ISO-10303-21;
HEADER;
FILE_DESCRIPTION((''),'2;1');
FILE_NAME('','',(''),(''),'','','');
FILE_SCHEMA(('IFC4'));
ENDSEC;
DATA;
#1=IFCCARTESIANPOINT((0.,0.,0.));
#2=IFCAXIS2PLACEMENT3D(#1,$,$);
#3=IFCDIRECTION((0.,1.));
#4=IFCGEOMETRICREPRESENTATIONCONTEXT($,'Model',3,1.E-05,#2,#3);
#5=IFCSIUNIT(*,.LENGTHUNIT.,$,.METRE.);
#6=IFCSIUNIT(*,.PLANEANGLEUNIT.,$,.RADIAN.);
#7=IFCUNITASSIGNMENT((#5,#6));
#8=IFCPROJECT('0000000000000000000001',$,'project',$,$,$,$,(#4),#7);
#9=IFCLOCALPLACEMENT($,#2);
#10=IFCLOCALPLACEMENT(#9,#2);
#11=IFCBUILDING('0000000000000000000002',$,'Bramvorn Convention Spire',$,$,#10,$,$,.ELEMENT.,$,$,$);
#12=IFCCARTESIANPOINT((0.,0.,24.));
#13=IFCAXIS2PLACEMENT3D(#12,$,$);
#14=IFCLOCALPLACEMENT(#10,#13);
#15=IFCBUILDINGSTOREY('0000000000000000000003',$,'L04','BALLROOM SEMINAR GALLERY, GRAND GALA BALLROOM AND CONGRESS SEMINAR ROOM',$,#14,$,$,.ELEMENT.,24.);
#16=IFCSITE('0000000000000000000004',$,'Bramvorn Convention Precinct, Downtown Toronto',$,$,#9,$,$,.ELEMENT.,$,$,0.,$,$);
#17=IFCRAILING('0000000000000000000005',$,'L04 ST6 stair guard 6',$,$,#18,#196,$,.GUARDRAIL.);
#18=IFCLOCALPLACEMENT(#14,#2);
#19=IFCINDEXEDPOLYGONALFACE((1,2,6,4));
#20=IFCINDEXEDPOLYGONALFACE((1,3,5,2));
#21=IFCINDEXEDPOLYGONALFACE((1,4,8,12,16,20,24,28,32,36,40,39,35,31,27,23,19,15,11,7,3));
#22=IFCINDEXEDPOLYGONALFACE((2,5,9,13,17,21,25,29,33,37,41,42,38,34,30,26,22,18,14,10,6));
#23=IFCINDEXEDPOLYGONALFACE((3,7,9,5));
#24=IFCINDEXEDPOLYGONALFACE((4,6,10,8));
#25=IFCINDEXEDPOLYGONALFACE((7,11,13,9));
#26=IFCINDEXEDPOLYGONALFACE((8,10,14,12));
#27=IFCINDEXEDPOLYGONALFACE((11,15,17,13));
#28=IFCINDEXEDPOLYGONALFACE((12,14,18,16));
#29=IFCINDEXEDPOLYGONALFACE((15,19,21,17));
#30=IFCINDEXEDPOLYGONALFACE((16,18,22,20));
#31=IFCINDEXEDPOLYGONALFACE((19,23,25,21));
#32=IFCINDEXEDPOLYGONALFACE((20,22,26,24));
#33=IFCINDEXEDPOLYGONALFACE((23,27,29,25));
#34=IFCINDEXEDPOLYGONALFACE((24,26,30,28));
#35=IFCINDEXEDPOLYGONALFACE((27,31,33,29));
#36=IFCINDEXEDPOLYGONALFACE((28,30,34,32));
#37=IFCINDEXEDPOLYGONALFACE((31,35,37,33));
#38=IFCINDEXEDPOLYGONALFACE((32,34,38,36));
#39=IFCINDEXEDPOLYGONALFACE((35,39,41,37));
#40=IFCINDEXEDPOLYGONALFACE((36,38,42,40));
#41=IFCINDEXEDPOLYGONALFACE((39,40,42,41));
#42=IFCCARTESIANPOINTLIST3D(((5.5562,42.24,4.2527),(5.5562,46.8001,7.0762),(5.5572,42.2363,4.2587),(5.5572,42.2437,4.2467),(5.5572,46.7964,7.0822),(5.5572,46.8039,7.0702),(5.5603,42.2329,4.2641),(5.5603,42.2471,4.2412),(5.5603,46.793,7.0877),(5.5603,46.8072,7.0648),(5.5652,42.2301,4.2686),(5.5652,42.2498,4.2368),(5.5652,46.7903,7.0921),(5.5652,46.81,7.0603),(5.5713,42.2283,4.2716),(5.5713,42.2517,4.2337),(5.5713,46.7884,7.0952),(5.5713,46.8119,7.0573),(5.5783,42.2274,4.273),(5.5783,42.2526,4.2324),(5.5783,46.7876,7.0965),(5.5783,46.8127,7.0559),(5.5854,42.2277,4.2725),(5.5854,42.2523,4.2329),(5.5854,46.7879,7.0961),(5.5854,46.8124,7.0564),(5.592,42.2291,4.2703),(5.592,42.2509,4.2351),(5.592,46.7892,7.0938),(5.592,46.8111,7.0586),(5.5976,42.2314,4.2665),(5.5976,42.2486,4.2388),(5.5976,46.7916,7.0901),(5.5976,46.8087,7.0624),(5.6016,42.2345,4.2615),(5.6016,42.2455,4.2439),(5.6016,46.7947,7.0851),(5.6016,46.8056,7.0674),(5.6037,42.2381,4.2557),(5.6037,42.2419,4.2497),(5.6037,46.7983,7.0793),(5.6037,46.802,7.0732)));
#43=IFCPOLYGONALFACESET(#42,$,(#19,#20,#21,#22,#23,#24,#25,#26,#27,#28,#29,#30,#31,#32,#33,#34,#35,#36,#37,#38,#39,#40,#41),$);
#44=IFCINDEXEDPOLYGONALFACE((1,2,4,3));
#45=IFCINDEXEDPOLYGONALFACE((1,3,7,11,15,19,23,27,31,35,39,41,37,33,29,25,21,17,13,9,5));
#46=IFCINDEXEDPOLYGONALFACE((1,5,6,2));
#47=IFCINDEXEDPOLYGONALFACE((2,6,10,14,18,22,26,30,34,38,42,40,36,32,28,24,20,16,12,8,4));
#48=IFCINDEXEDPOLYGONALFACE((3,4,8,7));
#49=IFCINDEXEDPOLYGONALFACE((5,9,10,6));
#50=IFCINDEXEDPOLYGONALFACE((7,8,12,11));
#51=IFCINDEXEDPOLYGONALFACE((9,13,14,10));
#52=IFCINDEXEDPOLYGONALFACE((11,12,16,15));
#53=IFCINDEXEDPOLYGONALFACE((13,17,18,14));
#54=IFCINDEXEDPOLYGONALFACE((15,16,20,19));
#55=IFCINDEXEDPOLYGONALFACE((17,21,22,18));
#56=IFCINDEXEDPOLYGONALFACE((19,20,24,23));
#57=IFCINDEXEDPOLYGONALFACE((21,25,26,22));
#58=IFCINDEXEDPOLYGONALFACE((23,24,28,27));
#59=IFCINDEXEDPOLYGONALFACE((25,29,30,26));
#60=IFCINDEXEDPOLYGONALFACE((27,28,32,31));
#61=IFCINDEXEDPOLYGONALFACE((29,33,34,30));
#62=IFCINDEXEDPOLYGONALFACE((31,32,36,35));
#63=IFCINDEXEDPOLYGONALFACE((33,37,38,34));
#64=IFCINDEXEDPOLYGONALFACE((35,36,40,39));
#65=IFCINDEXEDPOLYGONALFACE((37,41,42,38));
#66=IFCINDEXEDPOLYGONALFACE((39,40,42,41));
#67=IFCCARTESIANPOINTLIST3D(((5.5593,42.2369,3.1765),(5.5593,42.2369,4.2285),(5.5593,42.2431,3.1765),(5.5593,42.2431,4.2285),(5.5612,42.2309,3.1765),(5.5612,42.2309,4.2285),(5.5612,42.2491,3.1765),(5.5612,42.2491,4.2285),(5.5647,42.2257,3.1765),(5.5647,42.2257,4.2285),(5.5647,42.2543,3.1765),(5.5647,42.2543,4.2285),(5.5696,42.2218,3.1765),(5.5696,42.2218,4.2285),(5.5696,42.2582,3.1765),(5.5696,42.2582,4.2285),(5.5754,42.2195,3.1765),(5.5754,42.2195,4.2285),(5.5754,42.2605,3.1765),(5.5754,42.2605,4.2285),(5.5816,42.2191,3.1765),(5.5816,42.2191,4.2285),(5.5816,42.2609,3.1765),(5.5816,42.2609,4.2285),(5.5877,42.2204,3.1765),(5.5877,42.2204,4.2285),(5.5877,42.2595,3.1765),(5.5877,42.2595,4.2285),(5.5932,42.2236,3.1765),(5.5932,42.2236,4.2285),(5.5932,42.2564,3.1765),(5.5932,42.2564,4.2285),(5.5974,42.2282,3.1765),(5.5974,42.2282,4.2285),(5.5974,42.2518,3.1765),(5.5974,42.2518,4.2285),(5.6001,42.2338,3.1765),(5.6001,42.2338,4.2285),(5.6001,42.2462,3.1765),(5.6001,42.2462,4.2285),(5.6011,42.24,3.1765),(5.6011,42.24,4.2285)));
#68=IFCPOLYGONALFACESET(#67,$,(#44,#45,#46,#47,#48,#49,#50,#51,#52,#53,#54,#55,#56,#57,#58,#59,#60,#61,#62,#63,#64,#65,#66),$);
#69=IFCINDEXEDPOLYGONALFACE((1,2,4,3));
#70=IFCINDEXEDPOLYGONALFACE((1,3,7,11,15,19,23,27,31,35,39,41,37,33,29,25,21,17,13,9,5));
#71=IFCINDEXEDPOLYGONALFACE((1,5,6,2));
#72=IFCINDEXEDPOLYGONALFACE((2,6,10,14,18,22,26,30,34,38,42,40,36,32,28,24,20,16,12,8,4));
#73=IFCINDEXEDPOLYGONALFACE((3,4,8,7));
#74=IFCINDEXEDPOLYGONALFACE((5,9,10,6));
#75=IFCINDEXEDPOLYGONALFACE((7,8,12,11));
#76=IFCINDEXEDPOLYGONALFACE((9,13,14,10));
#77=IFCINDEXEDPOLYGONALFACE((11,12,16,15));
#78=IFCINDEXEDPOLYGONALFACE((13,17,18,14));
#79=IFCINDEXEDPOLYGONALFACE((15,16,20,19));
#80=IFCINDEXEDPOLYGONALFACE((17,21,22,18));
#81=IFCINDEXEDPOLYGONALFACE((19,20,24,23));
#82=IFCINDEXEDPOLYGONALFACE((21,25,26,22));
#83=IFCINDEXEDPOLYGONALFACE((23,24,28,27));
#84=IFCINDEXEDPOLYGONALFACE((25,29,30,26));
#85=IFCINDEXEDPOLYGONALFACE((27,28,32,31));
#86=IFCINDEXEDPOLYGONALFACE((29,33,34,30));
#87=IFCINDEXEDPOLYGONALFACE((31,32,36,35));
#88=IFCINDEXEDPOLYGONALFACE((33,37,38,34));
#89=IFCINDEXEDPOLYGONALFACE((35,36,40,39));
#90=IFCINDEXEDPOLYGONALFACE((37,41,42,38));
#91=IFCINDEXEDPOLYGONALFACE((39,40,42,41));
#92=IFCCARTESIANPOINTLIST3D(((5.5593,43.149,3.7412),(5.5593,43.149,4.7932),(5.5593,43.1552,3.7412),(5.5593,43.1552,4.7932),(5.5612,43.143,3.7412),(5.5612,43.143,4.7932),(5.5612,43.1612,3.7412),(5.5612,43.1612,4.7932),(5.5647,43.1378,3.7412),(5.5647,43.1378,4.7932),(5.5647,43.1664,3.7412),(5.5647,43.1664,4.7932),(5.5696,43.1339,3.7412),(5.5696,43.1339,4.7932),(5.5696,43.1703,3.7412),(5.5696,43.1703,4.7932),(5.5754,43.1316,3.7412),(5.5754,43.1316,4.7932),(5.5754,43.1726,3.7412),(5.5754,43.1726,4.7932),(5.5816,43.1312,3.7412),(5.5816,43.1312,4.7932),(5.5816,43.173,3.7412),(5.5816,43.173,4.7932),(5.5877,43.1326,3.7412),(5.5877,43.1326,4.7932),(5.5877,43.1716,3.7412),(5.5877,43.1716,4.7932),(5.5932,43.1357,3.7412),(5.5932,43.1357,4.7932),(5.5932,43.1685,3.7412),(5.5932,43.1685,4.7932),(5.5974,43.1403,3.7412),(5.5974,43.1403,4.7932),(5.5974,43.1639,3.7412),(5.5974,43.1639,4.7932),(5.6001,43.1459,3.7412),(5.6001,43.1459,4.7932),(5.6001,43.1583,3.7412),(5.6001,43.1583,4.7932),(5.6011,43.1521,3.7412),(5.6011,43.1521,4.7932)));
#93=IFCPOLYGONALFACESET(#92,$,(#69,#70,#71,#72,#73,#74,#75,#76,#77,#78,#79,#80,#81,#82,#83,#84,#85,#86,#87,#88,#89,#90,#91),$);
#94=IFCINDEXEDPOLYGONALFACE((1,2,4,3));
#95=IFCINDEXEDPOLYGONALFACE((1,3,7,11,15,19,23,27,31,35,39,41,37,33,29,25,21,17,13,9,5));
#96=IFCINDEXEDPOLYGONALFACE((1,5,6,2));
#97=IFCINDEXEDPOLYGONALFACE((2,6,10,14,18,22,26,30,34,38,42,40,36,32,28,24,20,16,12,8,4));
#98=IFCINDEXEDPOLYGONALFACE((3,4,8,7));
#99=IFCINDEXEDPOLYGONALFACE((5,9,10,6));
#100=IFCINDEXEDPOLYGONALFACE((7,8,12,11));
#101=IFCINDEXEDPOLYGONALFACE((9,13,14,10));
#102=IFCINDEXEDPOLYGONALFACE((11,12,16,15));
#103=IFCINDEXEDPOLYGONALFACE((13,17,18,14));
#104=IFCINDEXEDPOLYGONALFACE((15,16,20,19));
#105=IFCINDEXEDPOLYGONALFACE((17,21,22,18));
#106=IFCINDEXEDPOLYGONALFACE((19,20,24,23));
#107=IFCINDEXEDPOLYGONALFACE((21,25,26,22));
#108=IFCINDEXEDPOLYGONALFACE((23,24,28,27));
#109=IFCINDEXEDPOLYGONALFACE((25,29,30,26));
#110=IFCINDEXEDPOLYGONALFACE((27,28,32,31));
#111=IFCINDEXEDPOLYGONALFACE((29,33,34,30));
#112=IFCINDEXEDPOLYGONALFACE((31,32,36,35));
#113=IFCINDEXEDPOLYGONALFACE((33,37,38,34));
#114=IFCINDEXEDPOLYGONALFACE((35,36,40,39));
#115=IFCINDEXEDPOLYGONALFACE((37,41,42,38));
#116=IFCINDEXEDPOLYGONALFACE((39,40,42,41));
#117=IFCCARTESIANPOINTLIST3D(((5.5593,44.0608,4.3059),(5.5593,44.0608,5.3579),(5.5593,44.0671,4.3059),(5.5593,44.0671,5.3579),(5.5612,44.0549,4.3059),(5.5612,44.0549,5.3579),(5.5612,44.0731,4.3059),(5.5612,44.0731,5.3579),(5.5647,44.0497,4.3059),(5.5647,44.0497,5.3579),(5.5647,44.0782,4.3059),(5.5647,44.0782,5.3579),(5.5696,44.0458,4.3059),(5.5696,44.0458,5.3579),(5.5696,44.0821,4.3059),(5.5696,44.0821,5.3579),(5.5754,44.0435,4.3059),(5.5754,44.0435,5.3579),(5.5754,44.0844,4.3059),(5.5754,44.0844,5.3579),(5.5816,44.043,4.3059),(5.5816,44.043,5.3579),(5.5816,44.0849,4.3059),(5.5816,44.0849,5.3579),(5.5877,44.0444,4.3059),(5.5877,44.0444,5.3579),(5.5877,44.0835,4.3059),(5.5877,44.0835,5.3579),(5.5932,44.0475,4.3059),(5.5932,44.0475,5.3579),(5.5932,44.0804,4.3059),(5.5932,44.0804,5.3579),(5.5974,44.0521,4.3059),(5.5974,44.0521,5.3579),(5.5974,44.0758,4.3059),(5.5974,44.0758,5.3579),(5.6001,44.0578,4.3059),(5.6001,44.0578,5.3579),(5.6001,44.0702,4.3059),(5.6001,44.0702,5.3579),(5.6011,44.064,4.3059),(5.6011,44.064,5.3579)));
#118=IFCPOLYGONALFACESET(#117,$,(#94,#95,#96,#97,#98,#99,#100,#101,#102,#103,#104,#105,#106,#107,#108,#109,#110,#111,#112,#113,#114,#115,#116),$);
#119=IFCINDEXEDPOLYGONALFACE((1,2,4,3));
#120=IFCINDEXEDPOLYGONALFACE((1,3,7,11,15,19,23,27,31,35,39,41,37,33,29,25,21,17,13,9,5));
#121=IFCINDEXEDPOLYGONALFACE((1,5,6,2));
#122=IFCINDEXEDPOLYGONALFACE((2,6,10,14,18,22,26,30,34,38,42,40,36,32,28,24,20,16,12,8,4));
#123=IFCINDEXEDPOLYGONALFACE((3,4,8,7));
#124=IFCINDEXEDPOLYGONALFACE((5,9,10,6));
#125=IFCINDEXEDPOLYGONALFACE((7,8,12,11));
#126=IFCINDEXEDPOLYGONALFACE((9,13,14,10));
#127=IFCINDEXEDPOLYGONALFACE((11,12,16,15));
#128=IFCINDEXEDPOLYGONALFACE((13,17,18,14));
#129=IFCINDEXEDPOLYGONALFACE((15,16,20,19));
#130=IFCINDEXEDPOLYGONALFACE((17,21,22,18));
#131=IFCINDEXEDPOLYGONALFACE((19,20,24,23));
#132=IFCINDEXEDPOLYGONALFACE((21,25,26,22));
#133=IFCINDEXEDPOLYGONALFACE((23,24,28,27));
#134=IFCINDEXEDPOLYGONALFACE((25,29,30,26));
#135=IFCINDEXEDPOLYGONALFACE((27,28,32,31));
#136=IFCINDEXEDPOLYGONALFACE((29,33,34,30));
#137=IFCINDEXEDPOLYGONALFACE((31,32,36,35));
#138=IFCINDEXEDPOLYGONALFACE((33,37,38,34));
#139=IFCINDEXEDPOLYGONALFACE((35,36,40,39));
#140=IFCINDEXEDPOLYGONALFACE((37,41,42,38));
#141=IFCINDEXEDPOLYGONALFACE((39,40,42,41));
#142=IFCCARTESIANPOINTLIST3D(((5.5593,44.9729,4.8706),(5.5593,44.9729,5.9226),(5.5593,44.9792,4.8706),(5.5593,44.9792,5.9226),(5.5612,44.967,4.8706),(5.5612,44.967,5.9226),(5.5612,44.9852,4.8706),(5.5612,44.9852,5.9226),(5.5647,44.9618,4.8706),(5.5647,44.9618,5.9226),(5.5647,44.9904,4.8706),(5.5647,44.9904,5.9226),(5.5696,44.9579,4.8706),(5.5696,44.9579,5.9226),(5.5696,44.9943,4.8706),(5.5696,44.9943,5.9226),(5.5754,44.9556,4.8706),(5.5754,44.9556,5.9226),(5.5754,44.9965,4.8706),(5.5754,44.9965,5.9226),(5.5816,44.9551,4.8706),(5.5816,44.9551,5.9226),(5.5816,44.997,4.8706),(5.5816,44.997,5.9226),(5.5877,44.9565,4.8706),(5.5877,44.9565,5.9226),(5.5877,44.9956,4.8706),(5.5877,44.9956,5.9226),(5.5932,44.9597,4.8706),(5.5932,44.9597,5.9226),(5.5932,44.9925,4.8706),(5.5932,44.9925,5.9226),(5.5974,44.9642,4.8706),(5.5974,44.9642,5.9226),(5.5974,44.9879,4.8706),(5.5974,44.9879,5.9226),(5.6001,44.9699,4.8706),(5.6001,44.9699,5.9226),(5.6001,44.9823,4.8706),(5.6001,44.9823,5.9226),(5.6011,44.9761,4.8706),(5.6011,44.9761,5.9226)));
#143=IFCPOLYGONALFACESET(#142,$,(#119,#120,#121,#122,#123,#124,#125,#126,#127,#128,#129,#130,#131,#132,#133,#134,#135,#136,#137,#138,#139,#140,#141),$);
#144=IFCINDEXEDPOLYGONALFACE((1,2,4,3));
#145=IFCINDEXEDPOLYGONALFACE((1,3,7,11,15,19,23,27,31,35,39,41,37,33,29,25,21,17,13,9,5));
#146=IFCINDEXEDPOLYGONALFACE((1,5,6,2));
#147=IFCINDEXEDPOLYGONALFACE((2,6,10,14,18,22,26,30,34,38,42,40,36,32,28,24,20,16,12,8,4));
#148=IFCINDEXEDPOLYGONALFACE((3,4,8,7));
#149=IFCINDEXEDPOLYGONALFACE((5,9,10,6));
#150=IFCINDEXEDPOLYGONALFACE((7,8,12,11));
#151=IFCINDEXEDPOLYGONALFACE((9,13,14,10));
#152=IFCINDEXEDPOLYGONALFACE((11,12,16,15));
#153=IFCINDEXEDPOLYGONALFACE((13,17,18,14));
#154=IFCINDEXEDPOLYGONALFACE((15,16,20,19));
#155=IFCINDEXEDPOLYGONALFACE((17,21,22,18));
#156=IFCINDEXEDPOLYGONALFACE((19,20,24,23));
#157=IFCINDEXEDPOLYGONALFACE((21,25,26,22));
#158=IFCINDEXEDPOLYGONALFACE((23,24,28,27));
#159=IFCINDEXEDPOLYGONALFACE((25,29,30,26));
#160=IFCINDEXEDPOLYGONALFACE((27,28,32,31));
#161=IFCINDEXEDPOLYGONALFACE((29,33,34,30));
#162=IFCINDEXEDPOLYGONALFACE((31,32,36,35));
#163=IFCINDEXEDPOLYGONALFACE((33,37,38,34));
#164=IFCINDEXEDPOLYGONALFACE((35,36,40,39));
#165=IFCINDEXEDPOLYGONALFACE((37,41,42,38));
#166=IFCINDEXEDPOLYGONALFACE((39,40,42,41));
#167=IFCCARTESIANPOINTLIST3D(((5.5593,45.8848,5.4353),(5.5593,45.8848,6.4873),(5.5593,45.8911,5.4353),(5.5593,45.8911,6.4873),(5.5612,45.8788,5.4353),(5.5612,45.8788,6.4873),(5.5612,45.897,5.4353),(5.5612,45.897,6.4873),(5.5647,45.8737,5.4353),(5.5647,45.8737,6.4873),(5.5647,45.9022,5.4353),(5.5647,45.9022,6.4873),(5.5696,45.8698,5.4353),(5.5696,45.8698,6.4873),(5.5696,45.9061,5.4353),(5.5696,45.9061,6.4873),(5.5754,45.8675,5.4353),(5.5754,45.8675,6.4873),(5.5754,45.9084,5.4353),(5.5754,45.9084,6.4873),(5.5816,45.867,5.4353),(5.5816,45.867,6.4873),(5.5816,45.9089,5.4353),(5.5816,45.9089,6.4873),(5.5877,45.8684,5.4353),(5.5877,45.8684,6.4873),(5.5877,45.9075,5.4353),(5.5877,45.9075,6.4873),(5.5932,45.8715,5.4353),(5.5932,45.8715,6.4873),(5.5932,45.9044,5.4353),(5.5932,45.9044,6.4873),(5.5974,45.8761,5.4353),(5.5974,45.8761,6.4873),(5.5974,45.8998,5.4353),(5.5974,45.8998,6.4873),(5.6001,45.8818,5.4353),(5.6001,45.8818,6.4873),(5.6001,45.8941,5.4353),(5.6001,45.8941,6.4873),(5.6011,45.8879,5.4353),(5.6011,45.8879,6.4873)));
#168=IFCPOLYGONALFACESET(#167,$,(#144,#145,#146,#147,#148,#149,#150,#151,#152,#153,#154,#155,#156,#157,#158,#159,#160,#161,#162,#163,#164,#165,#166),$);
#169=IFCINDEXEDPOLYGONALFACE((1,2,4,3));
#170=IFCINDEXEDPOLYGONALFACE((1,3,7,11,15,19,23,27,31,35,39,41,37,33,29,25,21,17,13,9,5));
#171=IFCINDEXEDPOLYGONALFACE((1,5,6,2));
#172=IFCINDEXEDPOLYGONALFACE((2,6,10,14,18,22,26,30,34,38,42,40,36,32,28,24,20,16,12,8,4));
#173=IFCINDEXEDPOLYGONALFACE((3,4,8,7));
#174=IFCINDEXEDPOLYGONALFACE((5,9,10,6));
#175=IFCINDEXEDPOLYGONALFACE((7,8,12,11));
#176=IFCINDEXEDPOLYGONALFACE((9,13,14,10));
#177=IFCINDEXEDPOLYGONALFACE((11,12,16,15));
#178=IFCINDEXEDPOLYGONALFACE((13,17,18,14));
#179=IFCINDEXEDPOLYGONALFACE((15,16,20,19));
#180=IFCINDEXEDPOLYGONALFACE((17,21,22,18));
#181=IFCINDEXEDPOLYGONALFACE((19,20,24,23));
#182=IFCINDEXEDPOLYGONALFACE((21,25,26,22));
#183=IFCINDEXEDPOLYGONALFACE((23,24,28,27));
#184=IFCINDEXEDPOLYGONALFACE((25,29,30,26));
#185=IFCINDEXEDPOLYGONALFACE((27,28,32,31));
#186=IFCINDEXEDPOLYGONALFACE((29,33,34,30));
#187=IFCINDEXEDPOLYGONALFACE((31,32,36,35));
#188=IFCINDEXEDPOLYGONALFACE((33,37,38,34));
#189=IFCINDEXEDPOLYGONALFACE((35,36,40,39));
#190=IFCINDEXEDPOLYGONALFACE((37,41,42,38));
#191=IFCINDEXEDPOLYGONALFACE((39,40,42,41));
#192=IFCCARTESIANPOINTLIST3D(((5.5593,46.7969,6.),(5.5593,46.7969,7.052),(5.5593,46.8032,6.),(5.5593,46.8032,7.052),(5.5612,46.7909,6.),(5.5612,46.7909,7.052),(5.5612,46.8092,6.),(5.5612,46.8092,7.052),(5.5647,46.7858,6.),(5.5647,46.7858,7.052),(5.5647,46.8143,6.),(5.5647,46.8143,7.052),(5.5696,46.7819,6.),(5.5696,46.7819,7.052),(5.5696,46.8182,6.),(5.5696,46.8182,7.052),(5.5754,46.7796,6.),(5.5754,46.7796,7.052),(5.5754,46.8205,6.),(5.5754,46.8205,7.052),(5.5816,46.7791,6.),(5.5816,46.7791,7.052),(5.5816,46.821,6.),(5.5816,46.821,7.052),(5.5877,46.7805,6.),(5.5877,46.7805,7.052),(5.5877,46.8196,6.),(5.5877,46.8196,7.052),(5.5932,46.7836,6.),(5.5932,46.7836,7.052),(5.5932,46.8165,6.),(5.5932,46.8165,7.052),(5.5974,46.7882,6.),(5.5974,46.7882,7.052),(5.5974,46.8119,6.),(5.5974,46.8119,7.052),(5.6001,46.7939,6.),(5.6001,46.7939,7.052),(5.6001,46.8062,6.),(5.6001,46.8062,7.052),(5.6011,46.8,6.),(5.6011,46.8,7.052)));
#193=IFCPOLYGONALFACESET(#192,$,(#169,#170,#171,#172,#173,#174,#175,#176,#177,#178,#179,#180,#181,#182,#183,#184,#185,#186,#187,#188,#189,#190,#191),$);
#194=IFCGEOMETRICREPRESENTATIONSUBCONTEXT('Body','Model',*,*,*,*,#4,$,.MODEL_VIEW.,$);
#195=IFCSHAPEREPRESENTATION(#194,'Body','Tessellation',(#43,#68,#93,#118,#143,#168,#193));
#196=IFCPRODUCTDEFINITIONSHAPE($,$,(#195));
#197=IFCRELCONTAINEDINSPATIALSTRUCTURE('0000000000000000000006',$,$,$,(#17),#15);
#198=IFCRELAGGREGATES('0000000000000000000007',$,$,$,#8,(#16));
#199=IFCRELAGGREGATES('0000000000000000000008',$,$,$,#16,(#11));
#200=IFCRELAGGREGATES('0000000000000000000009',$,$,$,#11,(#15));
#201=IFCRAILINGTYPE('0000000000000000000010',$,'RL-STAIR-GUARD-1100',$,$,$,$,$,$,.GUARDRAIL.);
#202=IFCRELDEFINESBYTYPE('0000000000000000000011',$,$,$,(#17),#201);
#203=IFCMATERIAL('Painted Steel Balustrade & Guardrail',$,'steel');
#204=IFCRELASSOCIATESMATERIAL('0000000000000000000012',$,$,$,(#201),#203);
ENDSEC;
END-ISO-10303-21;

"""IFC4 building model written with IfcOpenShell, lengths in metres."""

from ifc_helpers import new_model, si_unit, direction, frame, origin, origin_2d, place, context, subcontext, project, spatial, circle, extrude, material, type_object, element, save


model = new_model("IFC4")

# Units and contexts
model_context = context("Model", 3, precision=1e-05, world=origin(), true_north=direction((0.0, 1.0)))
body_context = subcontext(model_context, "Body", "Model", "MODEL_VIEW")
ifc_project = project(units=[si_unit("LENGTHUNIT", "METRE"), si_unit("PLANEANGLEUNIT", "RADIAN")], contexts=[model_context])

# Site, building, storey
site_placement = place(None, origin())
site = spatial("IfcSite", under=ifc_project, at=site_placement, Name="Bramvorn Convention Precinct, Downtown Toronto", CompositionType="ELEMENT", RefElevation=0.0)
building_placement = place(site_placement, origin())
building = spatial("IfcBuilding", under=site, at=building_placement, Name="Bramvorn Convention Spire", CompositionType="ELEMENT")
storey_placement = place(building_placement, frame((0.0, 0.0, 24.0)))
storey = spatial("IfcBuildingStorey", under=building, at=storey_placement, Name="L04", Description="BALLROOM SEMINAR GALLERY, GRAND GALA BALLROOM AND CONGRESS SEMINAR ROOM", CompositionType="ELEMENT", Elevation=24.0)

# Railing
ifc_material_1 = material(Name="Painted Steel Balustrade & Guardrail", Category="steel")
railing_type_1 = type_object("IfcRailingType", Name="RL-STAIR-GUARD-1100", PredefinedType="GUARDRAIL", material=ifc_material_1)
railing_1_placement = place(storey_placement, frame((5.5801, 42.24, 3.1765)))
element("IfcRailing", 1, at=railing_1_placement, inside=storey, type_object=railing_type_1, Name="L04 ST6 stair guard 6", PredefinedType="GUARDRAIL", context=body_context, shape_type="SweptSolid", body=[
    extrude(circle(Radius=0.0239, at=origin_2d()), frame((0.0, 0.0, 1.0762), z_axis=(0.0, 0.850216, 0.526435), x_axis=(-1.0, 0.0, 0.0)), (0.0, 0.0, 1.0), 5.3635),
    extrude(circle(Radius=0.021, at=origin_2d()), origin(), (0.0, 0.0, 1.0), 1.052),
    extrude(circle(Radius=0.021, at=origin_2d()), frame((0.0, 0.9121, 0.5647)), (0.0, 0.0, 1.0), 1.052),
    extrude(circle(Radius=0.021, at=origin_2d()), frame((0.0, 1.824, 1.1294)), (0.0, 0.0, 1.0), 1.052),
    extrude(circle(Radius=0.021, at=origin_2d()), frame((0.0, 2.7361, 1.6941)), (0.0, 0.0, 1.0), 1.052),
    extrude(circle(Radius=0.021, at=origin_2d()), frame((0.0, 3.6479, 2.2588)), (0.0, 0.0, 1.0), 1.052),
    extrude(circle(Radius=0.021, at=origin_2d()), frame((0.0, 4.5601, 2.8235)), (0.0, 0.0, 1.0), 1.052),
])

save(model, "model.ifc")
